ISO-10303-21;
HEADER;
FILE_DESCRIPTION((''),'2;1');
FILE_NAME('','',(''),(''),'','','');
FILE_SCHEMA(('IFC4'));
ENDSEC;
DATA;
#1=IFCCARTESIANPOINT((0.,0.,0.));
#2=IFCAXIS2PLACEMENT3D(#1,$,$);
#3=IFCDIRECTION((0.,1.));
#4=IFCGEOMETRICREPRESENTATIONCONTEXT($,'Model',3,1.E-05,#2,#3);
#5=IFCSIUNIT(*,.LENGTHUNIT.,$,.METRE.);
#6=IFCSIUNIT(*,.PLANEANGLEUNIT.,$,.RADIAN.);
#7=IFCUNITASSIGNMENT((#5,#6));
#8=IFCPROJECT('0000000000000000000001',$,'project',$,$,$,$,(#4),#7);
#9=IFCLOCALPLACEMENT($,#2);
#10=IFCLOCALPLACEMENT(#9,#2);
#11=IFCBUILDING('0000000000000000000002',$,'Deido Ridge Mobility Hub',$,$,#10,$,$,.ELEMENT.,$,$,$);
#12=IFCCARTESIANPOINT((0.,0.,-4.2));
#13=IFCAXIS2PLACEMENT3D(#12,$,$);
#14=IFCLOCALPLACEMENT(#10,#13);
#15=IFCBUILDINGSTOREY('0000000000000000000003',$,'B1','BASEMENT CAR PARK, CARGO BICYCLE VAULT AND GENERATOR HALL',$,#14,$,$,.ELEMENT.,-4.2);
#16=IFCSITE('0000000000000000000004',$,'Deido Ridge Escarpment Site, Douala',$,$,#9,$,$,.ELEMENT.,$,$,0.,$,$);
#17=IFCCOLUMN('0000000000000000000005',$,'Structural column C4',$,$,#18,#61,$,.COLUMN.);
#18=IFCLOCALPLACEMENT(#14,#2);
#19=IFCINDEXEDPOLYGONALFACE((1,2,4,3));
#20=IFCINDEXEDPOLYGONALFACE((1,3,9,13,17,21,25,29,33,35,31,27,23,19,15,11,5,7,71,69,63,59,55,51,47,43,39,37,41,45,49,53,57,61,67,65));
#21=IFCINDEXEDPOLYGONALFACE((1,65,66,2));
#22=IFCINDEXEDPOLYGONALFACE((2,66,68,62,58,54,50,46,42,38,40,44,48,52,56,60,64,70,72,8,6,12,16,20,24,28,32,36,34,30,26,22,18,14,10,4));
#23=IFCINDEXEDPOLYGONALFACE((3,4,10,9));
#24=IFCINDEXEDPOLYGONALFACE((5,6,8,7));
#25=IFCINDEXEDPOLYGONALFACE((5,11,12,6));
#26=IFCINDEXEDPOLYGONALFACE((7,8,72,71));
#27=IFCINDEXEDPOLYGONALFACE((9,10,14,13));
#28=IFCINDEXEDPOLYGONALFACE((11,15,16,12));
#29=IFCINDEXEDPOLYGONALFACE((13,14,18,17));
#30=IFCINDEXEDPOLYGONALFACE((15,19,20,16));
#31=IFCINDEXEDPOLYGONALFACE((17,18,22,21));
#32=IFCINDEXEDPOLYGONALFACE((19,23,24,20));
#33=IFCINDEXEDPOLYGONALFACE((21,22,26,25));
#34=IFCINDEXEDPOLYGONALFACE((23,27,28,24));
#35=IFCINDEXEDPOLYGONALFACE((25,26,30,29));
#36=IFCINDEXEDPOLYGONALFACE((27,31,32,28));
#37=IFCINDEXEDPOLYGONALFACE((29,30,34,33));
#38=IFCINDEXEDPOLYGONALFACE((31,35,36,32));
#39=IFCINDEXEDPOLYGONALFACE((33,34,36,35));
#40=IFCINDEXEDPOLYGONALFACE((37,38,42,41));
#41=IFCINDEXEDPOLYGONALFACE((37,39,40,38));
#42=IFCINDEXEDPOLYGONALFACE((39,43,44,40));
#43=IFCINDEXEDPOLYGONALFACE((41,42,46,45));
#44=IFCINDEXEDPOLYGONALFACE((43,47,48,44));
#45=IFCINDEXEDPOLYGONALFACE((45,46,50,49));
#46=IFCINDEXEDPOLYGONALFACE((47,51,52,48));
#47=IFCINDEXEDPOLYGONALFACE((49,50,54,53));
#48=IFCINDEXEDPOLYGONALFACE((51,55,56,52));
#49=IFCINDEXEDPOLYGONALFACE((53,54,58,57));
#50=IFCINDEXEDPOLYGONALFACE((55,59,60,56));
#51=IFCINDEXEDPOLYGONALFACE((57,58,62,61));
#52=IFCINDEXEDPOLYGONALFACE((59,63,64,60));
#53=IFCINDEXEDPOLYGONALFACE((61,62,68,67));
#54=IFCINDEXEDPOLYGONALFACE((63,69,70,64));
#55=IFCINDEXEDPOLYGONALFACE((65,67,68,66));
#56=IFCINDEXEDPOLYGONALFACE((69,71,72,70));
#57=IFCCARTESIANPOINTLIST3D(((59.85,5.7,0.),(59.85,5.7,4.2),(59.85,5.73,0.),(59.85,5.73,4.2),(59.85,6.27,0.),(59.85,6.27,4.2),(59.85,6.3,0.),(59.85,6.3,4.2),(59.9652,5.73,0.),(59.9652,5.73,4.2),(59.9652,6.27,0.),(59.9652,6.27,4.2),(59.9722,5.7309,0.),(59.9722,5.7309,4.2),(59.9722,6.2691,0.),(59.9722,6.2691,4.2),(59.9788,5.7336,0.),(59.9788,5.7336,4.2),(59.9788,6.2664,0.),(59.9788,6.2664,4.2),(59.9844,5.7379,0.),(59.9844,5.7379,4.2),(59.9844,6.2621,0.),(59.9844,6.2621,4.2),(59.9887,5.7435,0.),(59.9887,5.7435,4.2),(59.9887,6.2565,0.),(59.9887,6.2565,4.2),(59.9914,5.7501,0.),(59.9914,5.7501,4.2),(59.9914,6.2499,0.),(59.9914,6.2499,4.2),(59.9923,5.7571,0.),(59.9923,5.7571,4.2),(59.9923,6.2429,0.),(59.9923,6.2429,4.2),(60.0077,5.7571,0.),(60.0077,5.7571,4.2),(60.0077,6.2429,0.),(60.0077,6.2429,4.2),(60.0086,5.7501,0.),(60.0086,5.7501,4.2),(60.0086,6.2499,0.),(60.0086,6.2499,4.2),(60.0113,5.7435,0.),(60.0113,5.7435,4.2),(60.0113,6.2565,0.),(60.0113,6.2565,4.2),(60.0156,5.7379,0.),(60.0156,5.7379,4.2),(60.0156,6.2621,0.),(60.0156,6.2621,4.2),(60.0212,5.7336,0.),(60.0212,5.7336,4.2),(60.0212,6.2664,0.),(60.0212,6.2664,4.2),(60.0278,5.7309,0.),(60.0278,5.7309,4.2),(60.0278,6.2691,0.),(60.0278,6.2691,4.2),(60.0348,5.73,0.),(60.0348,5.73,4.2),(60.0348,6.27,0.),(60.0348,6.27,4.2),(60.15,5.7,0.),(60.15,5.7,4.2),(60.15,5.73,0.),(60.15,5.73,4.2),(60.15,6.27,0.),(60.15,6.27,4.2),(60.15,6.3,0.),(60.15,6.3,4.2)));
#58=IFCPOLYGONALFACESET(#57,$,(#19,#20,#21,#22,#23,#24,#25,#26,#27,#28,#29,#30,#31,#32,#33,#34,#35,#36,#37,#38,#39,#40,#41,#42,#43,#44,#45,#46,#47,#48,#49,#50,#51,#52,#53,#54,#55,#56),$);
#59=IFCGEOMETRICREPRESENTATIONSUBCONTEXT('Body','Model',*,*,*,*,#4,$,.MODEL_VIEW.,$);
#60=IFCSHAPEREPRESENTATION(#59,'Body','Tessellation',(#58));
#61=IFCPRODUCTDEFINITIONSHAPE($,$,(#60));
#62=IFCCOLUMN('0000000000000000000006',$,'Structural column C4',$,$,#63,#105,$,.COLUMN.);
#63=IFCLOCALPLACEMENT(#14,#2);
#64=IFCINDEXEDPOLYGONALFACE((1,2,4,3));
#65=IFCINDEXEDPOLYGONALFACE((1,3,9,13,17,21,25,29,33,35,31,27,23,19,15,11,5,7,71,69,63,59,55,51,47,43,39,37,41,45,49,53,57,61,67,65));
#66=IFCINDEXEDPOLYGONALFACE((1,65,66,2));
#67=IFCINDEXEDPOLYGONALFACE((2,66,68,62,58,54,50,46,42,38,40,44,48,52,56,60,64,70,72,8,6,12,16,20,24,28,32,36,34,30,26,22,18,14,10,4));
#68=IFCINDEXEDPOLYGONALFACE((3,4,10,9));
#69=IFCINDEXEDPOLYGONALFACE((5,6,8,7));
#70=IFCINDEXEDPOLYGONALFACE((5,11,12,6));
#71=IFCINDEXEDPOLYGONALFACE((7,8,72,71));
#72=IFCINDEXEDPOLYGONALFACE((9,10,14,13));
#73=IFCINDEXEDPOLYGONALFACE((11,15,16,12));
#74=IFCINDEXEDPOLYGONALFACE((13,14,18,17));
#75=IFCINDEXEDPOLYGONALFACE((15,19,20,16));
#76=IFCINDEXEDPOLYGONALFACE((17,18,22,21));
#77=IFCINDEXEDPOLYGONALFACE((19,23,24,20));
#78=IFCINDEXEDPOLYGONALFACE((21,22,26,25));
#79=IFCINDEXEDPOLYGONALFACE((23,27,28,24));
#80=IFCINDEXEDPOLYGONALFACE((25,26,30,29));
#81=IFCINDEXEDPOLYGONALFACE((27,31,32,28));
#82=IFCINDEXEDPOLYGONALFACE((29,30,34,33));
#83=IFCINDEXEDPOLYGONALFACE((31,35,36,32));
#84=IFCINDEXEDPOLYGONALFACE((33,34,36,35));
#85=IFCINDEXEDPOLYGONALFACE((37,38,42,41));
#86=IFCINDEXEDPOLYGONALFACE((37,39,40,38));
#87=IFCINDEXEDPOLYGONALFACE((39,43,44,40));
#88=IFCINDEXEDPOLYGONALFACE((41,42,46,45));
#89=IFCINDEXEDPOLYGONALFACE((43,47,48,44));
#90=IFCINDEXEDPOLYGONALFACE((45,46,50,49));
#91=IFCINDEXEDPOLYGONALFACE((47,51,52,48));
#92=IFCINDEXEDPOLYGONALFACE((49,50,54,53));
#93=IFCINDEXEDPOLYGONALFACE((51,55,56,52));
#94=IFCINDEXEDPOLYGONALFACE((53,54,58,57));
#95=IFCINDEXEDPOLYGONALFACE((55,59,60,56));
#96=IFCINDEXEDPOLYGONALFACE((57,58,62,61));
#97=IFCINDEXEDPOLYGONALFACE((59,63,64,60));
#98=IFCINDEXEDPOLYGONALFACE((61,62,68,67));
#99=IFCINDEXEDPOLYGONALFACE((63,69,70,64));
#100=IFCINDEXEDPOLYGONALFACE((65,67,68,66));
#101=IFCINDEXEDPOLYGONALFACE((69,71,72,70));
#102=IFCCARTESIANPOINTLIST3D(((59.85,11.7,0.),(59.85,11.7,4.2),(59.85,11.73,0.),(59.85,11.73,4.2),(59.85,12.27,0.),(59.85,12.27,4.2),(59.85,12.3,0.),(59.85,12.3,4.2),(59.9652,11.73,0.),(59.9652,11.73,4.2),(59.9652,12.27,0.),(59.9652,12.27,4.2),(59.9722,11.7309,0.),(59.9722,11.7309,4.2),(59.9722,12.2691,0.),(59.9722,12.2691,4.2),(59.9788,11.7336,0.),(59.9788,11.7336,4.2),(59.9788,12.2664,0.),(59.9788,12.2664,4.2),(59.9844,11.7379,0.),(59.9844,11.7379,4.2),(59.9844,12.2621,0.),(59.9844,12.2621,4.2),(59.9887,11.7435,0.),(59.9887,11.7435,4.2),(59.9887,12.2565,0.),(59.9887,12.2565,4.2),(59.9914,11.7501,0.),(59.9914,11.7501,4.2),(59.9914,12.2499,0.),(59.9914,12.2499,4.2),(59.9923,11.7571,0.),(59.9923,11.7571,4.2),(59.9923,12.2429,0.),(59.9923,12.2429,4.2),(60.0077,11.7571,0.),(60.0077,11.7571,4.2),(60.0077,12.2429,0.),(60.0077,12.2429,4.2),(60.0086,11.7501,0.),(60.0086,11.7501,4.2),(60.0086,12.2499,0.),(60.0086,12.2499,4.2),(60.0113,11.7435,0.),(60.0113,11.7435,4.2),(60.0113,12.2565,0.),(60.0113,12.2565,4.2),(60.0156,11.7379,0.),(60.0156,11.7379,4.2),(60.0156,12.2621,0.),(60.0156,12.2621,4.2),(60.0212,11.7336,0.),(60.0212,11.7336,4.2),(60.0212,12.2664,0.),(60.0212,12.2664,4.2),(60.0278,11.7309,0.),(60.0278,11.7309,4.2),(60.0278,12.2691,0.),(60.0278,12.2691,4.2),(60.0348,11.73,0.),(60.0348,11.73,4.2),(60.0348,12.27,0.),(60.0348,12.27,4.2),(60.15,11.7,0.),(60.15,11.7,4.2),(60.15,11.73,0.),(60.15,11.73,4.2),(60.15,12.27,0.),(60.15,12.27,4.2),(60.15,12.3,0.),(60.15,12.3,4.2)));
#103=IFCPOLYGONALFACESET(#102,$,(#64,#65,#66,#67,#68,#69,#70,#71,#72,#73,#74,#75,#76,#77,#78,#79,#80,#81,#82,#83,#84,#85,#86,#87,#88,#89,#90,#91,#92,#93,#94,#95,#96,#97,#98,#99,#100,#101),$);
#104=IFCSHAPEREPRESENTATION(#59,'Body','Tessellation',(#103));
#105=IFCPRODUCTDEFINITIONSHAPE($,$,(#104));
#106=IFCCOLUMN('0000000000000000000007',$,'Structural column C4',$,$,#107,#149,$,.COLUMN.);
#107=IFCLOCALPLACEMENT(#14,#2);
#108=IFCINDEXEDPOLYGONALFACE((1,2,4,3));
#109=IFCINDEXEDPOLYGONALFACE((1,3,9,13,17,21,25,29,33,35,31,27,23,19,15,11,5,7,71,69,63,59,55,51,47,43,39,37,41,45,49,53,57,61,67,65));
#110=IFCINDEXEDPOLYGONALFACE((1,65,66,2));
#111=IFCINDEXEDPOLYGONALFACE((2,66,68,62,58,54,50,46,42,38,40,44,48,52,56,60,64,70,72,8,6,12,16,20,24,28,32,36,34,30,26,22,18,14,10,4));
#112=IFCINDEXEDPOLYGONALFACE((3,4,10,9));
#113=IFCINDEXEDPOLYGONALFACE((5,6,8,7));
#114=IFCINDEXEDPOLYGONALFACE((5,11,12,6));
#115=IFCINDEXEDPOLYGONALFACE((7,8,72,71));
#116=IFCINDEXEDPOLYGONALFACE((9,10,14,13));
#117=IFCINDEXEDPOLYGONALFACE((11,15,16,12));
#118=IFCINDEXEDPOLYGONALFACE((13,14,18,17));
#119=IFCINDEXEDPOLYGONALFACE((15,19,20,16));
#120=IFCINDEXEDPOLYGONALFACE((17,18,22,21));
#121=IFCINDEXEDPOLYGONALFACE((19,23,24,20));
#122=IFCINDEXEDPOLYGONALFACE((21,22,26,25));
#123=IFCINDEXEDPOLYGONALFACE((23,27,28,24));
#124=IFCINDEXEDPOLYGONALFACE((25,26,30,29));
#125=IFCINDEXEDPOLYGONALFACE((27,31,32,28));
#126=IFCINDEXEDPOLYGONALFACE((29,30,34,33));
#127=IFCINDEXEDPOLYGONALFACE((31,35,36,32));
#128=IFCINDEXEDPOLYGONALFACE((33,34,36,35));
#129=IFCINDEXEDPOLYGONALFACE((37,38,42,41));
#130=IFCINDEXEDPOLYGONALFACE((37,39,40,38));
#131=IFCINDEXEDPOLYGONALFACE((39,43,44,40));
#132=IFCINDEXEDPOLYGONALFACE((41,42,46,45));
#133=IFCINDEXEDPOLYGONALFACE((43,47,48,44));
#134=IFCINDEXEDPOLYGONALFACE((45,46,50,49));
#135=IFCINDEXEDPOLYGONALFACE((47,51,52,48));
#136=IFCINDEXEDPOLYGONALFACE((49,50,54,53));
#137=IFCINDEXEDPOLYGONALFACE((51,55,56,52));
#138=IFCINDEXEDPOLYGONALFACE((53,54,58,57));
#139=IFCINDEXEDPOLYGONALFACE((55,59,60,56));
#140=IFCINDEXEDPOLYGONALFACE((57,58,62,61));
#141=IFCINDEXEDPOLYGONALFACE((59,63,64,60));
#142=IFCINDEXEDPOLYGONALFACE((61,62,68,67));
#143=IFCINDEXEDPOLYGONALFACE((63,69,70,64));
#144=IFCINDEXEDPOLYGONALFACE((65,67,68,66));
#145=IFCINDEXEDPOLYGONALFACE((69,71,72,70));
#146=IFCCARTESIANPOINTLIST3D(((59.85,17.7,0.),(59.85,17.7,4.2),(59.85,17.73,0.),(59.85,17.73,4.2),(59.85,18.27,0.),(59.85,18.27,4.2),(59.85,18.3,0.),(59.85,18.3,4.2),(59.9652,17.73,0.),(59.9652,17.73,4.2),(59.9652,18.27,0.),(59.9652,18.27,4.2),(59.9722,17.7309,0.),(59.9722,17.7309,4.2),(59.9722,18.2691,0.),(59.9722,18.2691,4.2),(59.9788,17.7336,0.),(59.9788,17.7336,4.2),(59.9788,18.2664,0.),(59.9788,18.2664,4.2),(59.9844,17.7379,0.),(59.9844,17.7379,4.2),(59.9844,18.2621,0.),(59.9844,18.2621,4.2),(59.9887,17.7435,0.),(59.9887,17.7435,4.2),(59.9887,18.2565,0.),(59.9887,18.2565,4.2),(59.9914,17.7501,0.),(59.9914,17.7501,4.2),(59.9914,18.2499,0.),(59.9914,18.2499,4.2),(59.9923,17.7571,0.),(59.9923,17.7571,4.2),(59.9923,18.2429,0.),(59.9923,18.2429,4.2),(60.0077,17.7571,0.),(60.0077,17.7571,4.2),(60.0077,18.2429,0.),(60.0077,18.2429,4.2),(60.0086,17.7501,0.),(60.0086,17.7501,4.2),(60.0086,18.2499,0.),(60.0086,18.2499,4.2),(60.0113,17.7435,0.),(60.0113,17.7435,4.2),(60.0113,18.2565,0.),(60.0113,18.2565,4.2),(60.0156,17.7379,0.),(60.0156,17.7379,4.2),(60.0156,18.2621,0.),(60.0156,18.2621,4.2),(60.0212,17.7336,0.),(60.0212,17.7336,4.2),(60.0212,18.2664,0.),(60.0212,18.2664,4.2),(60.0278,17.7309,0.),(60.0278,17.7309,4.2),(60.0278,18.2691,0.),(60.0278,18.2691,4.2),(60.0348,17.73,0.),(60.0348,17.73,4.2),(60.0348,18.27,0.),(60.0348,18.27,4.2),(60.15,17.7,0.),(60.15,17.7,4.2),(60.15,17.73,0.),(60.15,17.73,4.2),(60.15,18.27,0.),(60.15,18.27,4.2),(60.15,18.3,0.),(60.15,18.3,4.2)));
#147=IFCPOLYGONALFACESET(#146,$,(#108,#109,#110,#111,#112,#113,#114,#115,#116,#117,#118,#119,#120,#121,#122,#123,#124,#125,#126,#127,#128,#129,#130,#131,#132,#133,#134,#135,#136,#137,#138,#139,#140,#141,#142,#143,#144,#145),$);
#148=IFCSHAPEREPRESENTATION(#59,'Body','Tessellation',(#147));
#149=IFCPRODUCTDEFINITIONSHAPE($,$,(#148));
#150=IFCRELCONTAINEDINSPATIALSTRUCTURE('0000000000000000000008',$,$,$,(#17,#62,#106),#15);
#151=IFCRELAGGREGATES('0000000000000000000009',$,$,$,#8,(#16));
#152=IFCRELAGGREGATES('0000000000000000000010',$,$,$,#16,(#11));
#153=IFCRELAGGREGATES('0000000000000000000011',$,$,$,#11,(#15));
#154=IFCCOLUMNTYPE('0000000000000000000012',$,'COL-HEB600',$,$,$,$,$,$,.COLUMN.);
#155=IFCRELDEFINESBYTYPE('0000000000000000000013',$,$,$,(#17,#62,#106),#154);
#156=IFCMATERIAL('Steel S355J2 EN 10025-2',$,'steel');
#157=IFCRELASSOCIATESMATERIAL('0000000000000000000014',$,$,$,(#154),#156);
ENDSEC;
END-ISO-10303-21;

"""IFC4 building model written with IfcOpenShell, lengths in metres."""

from ifc_helpers import new_model, si_unit, direction, frame, origin, origin_2d, place, context, subcontext, project, spatial, i_section, extrude, material, material_profile, profile_set, type_object, element, save


model = new_model("IFC4")

# Units and contexts
model_context = context("Model", 3, precision=1e-05, world=origin(), true_north=direction((0.0, 1.0)))
body_context = subcontext(model_context, "Body", "Model", "MODEL_VIEW")
ifc_project = project(units=[si_unit("LENGTHUNIT", "METRE"), si_unit("PLANEANGLEUNIT", "RADIAN")], contexts=[model_context])

# Site, building, storey
site_placement = place(None, origin())
site = spatial("IfcSite", under=ifc_project, at=site_placement, Name="Deido Ridge Escarpment Site, Douala", CompositionType="ELEMENT", RefElevation=0.0)
building_placement = place(site_placement, origin())
building = spatial("IfcBuilding", under=site, at=building_placement, Name="Deido Ridge Mobility Hub", CompositionType="ELEMENT")
storey_placement = place(building_placement, frame((0.0, 0.0, -4.2)))
storey = spatial("IfcBuildingStorey", under=building, at=storey_placement, Name="B1", Description="BASEMENT CAR PARK, CARGO BICYCLE VAULT AND GENERATOR HALL", CompositionType="ELEMENT", Elevation=-4.2)

# Columns
ifc_material_1 = material(Name="Steel S355J2 EN 10025-2", Category="steel")
ifc_material_profile_1 = material_profile(ifc_material_1, i_section(OverallWidth=0.3, OverallDepth=0.6001, WebThickness=0.0154, FlangeThickness=0.03, FilletRadius=0.0271, at=origin_2d()), Name="HEB 600")
ifc_profile_set_1 = profile_set([ifc_material_profile_1], Name="Steel S355J2 EN 10025-2")
column_type_1 = type_object("IfcColumnType", Name="COL-HEB600", PredefinedType="COLUMN", material=ifc_profile_set_1)
for number, where, z_axis, x_axis, name in (
    (1, (60.0, 6.0, 0.0), (0.0, 0.0, 1.0), (1.0, 0.0, 0.0), "Structural column C4"),
    (2, (60.0, 12.0, 0.0), (0.0, 0.0, 1.0), (1.0, 0.0, 0.0), "Structural column C4"),
    (3, (60.0, 18.0, 0.0), (0.0, 0.0, 1.0), (1.0, 0.0, 0.0), "Structural column C4"),
):
    element("IfcColumn", number, at=place(storey_placement, frame(where, z_axis=z_axis, x_axis=x_axis)), inside=storey, type_object=column_type_1, Name=name, PredefinedType="COLUMN", context=body_context, shape_type="SweptSolid", body=[
        extrude(i_section(OverallWidth=0.3, OverallDepth=0.6001, WebThickness=0.0154, FlangeThickness=0.03, FilletRadius=0.0271, at=origin_2d()), origin(), (0.0, 0.0, 1.0), 4.2),
    ])

save(model, "model.ifc")
